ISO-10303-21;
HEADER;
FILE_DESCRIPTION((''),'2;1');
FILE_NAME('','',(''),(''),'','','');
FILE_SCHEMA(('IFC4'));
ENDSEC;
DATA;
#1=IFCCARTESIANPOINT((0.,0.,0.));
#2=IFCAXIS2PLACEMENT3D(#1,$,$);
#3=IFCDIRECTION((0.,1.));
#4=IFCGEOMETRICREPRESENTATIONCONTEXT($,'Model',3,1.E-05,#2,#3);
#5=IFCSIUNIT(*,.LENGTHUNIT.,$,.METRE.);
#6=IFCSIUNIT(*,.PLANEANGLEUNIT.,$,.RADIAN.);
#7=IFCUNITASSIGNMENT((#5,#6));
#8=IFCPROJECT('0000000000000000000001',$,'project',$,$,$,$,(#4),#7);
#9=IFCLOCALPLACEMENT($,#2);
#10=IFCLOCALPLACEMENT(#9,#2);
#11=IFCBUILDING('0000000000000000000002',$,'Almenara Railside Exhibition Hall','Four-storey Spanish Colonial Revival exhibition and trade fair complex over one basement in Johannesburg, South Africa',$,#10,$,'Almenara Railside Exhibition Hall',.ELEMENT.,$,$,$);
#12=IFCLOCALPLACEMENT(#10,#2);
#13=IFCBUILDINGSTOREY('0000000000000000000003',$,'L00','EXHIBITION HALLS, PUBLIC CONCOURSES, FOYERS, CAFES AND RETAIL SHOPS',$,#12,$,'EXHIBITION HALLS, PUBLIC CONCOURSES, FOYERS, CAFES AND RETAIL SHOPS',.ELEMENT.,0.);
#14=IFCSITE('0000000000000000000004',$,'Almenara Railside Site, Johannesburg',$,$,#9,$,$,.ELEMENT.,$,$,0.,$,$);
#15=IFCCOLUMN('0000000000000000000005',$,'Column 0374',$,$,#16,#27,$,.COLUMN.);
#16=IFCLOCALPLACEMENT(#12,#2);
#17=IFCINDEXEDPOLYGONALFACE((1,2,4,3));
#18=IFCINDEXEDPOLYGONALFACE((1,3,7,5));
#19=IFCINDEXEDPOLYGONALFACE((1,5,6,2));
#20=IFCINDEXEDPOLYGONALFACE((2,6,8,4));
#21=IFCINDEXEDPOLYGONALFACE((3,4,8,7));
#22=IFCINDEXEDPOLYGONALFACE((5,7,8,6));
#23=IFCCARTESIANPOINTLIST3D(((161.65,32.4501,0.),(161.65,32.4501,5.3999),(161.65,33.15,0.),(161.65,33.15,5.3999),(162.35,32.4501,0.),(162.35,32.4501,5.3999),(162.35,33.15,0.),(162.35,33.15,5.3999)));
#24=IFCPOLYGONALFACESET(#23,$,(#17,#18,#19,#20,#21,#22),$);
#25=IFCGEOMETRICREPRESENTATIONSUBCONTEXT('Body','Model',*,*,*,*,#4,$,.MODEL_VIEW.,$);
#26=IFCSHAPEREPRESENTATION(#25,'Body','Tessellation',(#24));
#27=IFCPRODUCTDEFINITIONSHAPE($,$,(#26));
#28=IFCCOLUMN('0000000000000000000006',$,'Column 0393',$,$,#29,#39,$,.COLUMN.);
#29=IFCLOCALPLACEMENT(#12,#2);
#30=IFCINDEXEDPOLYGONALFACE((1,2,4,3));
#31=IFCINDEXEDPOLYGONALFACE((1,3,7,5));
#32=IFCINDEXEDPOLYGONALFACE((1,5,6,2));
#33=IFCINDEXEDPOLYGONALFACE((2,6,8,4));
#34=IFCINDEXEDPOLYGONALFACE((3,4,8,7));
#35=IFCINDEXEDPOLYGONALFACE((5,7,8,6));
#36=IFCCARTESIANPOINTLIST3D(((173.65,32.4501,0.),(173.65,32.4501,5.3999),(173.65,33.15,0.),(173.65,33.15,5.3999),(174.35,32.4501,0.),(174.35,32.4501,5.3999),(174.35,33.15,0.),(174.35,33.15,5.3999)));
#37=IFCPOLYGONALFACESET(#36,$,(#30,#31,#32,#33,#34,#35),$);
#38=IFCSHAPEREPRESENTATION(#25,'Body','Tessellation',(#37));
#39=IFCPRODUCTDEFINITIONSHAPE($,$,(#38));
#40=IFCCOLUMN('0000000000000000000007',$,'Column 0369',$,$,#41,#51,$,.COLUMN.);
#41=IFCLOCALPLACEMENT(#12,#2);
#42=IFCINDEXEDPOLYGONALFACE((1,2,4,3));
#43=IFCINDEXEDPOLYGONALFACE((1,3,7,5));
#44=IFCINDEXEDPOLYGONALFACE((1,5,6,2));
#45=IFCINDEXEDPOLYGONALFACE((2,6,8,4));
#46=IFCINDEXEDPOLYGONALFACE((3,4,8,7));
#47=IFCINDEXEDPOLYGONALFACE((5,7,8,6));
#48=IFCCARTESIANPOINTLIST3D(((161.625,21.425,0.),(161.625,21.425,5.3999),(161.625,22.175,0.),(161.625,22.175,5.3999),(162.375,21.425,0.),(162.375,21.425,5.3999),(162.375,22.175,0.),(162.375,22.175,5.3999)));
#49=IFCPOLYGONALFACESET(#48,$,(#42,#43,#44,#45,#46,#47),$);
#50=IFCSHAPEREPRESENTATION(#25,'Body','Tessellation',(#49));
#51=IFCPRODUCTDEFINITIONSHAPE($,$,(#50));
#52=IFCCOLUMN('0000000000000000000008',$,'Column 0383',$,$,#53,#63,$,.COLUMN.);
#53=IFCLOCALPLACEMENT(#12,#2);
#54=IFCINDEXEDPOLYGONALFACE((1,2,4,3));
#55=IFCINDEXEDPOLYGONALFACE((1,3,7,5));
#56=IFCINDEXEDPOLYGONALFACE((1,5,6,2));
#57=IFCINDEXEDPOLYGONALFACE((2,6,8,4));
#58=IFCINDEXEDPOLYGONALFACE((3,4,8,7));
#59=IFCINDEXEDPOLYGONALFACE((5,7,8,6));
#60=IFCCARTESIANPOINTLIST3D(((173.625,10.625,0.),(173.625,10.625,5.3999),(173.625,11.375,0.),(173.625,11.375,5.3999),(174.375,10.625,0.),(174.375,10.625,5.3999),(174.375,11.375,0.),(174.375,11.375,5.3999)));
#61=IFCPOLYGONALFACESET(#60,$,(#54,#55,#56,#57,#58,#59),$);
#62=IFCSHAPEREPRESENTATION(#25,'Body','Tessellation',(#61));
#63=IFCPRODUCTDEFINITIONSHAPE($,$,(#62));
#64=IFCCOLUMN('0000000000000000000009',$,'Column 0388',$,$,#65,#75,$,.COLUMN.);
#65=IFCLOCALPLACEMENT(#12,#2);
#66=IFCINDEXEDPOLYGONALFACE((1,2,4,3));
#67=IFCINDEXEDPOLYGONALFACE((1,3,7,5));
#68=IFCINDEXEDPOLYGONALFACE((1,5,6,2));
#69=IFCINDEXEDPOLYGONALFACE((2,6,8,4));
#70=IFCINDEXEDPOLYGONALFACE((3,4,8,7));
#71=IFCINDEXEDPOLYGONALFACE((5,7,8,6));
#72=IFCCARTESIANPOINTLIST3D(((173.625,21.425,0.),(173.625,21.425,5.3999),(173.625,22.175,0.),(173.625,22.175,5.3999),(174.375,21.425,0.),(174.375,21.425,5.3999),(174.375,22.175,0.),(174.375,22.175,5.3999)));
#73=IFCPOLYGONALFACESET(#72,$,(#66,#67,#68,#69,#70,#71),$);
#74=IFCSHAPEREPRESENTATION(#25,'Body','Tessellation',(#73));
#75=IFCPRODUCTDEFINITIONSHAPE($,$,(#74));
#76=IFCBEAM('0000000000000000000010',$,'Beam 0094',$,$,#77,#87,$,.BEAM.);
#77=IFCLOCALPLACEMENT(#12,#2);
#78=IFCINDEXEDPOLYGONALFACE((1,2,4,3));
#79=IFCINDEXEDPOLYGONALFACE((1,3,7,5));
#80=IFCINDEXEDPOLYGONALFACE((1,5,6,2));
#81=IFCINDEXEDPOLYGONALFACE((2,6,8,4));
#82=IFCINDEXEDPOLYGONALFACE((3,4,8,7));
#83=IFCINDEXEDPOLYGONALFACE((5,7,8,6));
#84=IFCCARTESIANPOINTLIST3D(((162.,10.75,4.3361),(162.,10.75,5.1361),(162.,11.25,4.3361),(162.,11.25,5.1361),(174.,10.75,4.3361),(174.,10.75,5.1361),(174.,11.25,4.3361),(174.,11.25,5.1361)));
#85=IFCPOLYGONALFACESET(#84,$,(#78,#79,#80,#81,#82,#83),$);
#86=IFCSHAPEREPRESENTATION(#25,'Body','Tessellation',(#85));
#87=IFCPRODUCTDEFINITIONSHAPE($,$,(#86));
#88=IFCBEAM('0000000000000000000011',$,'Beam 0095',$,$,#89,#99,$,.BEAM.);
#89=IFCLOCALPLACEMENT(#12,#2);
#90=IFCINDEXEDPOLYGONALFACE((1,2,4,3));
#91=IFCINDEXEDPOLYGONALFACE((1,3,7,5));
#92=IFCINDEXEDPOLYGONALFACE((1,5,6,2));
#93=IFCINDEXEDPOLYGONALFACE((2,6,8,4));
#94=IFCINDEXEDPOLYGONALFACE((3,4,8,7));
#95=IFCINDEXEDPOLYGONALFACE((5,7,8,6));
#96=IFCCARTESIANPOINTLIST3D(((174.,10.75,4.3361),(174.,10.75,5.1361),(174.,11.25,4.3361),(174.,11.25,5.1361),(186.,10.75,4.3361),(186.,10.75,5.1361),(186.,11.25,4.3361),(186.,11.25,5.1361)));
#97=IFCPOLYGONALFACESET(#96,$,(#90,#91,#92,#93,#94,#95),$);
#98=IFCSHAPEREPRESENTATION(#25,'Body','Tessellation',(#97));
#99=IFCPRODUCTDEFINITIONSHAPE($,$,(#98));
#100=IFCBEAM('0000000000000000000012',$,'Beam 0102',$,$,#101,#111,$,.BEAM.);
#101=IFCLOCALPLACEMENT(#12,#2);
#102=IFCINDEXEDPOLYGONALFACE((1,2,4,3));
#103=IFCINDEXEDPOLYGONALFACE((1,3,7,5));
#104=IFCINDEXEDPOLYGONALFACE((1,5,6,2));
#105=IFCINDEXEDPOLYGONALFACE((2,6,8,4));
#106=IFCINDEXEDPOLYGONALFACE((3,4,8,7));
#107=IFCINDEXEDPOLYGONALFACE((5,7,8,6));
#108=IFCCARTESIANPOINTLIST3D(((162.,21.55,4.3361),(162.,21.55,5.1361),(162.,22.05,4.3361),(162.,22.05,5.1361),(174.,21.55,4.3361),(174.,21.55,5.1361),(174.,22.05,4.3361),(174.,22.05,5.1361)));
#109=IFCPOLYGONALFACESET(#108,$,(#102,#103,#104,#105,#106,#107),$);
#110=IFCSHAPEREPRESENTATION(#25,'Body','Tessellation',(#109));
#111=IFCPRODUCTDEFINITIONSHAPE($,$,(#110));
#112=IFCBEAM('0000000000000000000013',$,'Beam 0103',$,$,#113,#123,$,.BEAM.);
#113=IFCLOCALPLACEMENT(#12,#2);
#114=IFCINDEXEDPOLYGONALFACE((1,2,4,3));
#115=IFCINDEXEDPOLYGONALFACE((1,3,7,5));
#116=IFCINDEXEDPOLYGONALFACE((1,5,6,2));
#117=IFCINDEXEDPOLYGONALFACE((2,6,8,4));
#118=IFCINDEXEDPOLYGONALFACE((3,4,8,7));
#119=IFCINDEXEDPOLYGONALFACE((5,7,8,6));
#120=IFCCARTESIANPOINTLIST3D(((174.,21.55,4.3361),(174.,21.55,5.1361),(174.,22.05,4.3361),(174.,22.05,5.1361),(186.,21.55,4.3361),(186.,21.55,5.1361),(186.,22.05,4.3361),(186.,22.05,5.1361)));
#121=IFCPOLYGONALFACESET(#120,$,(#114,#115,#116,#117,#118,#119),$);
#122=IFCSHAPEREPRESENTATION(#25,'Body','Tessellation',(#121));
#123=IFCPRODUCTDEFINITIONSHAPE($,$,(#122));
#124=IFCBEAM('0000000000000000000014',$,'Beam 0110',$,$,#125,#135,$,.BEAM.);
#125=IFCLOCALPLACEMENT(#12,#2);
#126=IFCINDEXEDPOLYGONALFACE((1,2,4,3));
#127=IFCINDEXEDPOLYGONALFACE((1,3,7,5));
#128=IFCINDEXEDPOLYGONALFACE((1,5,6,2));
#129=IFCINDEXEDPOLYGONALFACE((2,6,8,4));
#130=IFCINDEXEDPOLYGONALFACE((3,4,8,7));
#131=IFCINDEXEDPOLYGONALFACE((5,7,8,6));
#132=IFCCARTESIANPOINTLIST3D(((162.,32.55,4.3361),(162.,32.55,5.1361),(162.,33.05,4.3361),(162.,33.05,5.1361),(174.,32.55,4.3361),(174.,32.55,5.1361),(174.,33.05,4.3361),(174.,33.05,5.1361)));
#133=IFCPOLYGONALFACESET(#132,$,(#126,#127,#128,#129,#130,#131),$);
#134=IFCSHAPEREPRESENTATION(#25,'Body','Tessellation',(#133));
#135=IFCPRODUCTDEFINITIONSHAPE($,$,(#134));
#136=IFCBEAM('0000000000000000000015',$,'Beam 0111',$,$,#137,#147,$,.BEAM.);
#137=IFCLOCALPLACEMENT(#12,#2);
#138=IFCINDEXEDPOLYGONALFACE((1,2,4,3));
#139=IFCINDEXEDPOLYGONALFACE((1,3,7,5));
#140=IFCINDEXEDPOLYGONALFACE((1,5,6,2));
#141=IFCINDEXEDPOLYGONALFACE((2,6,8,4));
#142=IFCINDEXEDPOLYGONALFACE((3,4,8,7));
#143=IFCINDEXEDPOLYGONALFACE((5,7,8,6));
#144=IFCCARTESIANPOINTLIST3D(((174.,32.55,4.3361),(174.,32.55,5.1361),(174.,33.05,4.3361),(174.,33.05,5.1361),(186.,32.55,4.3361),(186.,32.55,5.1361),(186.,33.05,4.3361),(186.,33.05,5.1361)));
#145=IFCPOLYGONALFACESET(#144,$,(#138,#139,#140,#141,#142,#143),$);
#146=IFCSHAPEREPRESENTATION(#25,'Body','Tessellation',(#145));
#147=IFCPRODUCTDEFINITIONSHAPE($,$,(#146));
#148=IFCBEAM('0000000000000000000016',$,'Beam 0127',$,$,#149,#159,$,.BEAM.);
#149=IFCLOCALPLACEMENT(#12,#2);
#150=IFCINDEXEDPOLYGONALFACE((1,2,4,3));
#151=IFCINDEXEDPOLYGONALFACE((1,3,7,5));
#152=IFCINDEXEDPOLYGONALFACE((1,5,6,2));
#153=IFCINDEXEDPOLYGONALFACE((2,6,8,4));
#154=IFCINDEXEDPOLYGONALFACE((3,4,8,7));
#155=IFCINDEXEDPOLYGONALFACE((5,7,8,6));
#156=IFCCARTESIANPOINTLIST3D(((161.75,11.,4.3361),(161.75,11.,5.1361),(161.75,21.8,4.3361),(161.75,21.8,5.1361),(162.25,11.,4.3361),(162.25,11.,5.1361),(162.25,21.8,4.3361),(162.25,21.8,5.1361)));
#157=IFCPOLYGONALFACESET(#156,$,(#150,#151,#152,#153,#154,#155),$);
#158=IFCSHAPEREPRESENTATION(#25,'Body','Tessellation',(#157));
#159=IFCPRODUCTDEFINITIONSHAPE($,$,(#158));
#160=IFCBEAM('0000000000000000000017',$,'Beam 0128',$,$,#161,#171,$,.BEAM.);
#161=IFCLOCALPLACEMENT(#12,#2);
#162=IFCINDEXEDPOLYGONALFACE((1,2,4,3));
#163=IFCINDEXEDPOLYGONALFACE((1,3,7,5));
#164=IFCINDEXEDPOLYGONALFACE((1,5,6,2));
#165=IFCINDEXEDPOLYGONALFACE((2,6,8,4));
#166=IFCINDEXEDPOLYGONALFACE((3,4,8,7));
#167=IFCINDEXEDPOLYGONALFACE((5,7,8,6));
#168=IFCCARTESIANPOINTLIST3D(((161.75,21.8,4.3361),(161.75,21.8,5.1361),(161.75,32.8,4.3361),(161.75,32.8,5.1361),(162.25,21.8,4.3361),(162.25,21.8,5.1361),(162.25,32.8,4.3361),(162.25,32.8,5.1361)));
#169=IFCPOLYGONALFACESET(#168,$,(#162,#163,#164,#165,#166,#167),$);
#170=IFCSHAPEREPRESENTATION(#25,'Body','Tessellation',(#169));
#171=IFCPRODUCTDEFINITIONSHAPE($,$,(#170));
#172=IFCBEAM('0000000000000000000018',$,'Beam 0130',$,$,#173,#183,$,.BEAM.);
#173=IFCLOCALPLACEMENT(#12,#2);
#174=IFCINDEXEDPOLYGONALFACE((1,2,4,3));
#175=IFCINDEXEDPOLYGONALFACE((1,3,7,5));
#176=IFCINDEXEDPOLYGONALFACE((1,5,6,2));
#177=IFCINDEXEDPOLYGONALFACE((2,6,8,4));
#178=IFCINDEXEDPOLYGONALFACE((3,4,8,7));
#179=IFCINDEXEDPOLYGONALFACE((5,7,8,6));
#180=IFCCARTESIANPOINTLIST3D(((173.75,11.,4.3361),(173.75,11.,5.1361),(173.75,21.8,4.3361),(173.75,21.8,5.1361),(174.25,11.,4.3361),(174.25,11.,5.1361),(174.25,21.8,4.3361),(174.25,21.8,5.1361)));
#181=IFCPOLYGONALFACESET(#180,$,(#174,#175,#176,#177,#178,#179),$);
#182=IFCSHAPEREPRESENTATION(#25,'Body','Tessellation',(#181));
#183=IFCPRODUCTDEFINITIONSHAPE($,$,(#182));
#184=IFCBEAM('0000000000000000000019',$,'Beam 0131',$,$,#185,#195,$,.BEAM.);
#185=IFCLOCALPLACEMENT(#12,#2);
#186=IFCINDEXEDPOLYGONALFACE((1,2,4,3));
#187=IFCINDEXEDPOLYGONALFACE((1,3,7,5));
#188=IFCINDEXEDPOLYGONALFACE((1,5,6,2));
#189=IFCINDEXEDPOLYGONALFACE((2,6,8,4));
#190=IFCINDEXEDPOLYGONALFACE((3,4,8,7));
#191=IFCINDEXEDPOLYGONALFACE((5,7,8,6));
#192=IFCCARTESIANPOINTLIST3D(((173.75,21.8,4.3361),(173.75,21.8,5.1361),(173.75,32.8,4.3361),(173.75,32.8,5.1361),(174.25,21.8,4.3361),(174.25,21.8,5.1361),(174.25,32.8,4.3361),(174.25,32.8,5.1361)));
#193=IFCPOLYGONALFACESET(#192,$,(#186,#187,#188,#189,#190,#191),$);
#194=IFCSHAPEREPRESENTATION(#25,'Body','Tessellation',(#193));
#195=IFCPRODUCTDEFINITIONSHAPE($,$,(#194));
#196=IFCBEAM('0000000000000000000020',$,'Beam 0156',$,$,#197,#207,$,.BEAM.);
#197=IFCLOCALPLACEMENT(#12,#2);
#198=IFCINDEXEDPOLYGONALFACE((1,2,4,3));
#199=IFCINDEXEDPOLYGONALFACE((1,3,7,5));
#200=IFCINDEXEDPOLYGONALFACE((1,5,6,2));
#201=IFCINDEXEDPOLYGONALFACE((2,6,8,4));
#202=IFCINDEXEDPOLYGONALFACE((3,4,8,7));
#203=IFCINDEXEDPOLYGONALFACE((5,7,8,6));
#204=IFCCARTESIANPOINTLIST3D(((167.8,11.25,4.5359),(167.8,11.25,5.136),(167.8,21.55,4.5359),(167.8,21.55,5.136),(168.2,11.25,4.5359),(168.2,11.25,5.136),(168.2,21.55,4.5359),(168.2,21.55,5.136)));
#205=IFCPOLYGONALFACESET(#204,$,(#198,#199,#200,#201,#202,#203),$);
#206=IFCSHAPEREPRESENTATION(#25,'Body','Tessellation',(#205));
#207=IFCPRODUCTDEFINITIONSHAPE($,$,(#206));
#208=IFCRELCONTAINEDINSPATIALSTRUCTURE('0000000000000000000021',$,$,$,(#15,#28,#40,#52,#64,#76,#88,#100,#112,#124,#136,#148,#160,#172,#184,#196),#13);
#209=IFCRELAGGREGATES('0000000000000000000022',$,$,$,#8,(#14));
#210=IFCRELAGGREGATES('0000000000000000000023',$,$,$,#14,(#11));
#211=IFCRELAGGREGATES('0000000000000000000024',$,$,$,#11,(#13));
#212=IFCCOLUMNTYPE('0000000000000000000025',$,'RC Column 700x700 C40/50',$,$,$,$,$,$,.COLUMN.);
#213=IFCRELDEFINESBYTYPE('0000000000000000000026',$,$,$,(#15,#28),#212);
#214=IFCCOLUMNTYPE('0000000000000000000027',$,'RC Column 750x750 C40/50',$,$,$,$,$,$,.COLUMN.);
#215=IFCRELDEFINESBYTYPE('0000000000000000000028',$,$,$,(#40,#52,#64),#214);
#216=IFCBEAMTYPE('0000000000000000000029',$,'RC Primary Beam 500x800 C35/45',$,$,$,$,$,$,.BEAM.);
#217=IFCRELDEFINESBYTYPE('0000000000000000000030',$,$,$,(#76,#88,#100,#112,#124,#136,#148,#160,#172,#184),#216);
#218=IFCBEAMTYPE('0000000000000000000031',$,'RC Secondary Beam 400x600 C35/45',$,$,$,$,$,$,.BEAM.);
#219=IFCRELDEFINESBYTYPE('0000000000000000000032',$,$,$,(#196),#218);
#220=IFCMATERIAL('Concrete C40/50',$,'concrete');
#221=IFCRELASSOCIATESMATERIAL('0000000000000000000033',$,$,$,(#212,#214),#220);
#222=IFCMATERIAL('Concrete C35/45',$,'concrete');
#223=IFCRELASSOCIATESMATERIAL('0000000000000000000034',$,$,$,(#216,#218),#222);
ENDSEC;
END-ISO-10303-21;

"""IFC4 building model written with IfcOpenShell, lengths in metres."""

from ifc_helpers import new_model, si_unit, direction, frame, origin, origin_2d, place, context, subcontext, project, spatial, rectangle, extrude, material, material_profile, profile_set, type_object, element, save


model = new_model("IFC4")

# Units and contexts
model_context = context("Model", 3, precision=1e-05, world=origin(), true_north=direction((0.0, 1.0)))
body_context = subcontext(model_context, "Body", "Model", "MODEL_VIEW")
ifc_project = project(units=[si_unit("LENGTHUNIT", "METRE"), si_unit("PLANEANGLEUNIT", "RADIAN")], contexts=[model_context])

# Site, building, storey
site_placement = place(None, origin())
site = spatial("IfcSite", under=ifc_project, at=site_placement, Name="Almenara Railside Site, Johannesburg", CompositionType="ELEMENT", RefElevation=0.0)
building_placement = place(site_placement, origin())
building = spatial("IfcBuilding", under=site, at=building_placement, Name="Almenara Railside Exhibition Hall", Description="Four-storey Spanish Colonial Revival exhibition and trade fair complex over one basement in Johannesburg, South Africa", LongName="Almenara Railside Exhibition Hall", CompositionType="ELEMENT")
storey_placement = place(building_placement, origin())
storey = spatial("IfcBuildingStorey", under=building, at=storey_placement, Name="L00", Description="EXHIBITION HALLS, PUBLIC CONCOURSES, FOYERS, CAFES AND RETAIL SHOPS", LongName="EXHIBITION HALLS, PUBLIC CONCOURSES, FOYERS, CAFES AND RETAIL SHOPS", CompositionType="ELEMENT", Elevation=0.0)

# Columns
ifc_material_1 = material(Name="Concrete C40/50", Category="concrete")
ifc_material_profile_1 = material_profile(ifc_material_1, rectangle(XDim=0.7, YDim=0.7, at=origin_2d()), Name="RC 700x700")
ifc_profile_set_1 = profile_set([ifc_material_profile_1], Name="Concrete C40/50")
column_type_1 = type_object("IfcColumnType", Name="RC Column 700x700 C40/50", PredefinedType="COLUMN", material=ifc_profile_set_1)
for number, where, z_axis, x_axis, name in (
    (1, (162.0, 32.8, 0.0), (0.0, 0.0, 1.0), (1.0, 0.0, 0.0), "Column 0374"),
    (2, (174.0, 32.8, 0.0), (0.0, 0.0, 1.0), (1.0, 0.0, 0.0), "Column 0393"),
):
    element("IfcColumn", number, at=place(storey_placement, frame(where, z_axis=z_axis, x_axis=x_axis)), inside=storey, type_object=column_type_1, Name=name, PredefinedType="COLUMN", context=body_context, shape_type="SweptSolid", body=[
        extrude(rectangle(XDim=0.7, YDim=0.7, at=origin_2d()), origin(), (0.0, 0.0, 1.0), 5.3999),
    ])
ifc_material_profile_2 = material_profile(ifc_material_1, rectangle(XDim=0.75, YDim=0.75, at=origin_2d()), Name="RC 750x750")
ifc_profile_set_2 = profile_set([ifc_material_profile_2], Name="Concrete C40/50")
column_type_2 = type_object("IfcColumnType", Name="RC Column 750x750 C40/50", PredefinedType="COLUMN", material=ifc_profile_set_2)
for number, where, z_axis, x_axis, name in (
    (3, (162.0, 21.8, 0.0), (0.0, 0.0, 1.0), (1.0, 0.0, 0.0), "Column 0369"),
    (4, (174.0, 11.0, 0.0), (0.0, 0.0, 1.0), (1.0, 0.0, 0.0), "Column 0383"),
    (5, (174.0, 21.8, 0.0), (0.0, 0.0, 1.0), (1.0, 0.0, 0.0), "Column 0388"),
):
    element("IfcColumn", number, at=place(storey_placement, frame(where, z_axis=z_axis, x_axis=x_axis)), inside=storey, type_object=column_type_2, Name=name, PredefinedType="COLUMN", context=body_context, shape_type="SweptSolid", body=[
        extrude(rectangle(XDim=0.75, YDim=0.75, at=origin_2d()), origin(), (0.0, 0.0, 1.0), 5.3999),
    ])

# Beams
ifc_material_2 = material(Name="Concrete C35/45", Category="concrete")
ifc_material_profile_3 = material_profile(ifc_material_2, rectangle(XDim=0.5, YDim=0.8, at=origin_2d()), Name="RC 500x800")
ifc_profile_set_3 = profile_set([ifc_material_profile_3], Name="Concrete C35/45")
beam_type_1 = type_object("IfcBeamType", Name="RC Primary Beam 500x800 C35/45", PredefinedType="BEAM", material=ifc_profile_set_3)
for number, where, z_axis, x_axis, name in (
    (6, (162.0, 11.0, 4.7361), (1.0, 0.0, 0.0), (0.0, 1.0, 0.0), "Beam 0094"),
    (7, (174.0, 11.0, 4.7361), (1.0, 0.0, 0.0), (0.0, 1.0, 0.0), "Beam 0095"),
    (8, (162.0, 21.8, 4.7361), (1.0, 0.0, 0.0), (0.0, 1.0, 0.0), "Beam 0102"),
    (9, (174.0, 21.8, 4.7361), (1.0, 0.0, 0.0), (0.0, 1.0, 0.0), "Beam 0103"),
    (10, (162.0, 32.8, 4.7361), (1.0, 0.0, 0.0), (0.0, 1.0, 0.0), "Beam 0110"),
    (11, (174.0, 32.8, 4.7361), (1.0, 0.0, 0.0), (0.0, 1.0, 0.0), "Beam 0111"),
):
    element("IfcBeam", number, at=place(storey_placement, frame(where, z_axis=z_axis, x_axis=x_axis)), inside=storey, type_object=beam_type_1, Name=name, PredefinedType="BEAM", context=body_context, shape_type="SweptSolid", body=[
        extrude(rectangle(XDim=0.5, YDim=0.8, at=origin_2d()), origin(), (0.0, 0.0, 1.0), 12.0),
    ])
beam_1_placement = place(storey_placement, frame((162.0, 11.0, 4.7361), z_axis=(0.0, 1.0, 0.0), x_axis=(-1.0, 0.0, 0.0)))
element("IfcBeam", 12, at=beam_1_placement, inside=storey, type_object=beam_type_1, Name="Beam 0127", PredefinedType="BEAM", context=body_context, shape_type="SweptSolid", body=[
    extrude(rectangle(XDim=0.5, YDim=0.8, at=origin_2d()), origin(), (0.0, 0.0, 1.0), 10.8),
])
beam_2_placement = place(storey_placement, frame((162.0, 21.8, 4.7361), z_axis=(0.0, 1.0, 0.0), x_axis=(-1.0, 0.0, 0.0)))
element("IfcBeam", 13, at=beam_2_placement, inside=storey, type_object=beam_type_1, Name="Beam 0128", PredefinedType="BEAM", context=body_context, shape_type="SweptSolid", body=[
    extrude(rectangle(XDim=0.5, YDim=0.8, at=origin_2d()), origin(), (0.0, 0.0, 1.0), 11.0),
])
beam_3_placement = place(storey_placement, frame((174.0, 11.0, 4.7361), z_axis=(0.0, 1.0, 0.0), x_axis=(-1.0, 0.0, 0.0)))
element("IfcBeam", 14, at=beam_3_placement, inside=storey, type_object=beam_type_1, Name="Beam 0130", PredefinedType="BEAM", context=body_context, shape_type="SweptSolid", body=[
    extrude(rectangle(XDim=0.5, YDim=0.8, at=origin_2d()), origin(), (0.0, 0.0, 1.0), 10.8),
])
beam_4_placement = place(storey_placement, frame((174.0, 21.8, 4.7361), z_axis=(0.0, 1.0, 0.0), x_axis=(-1.0, 0.0, 0.0)))
element("IfcBeam", 15, at=beam_4_placement, inside=storey, type_object=beam_type_1, Name="Beam 0131", PredefinedType="BEAM", context=body_context, shape_type="SweptSolid", body=[
    extrude(rectangle(XDim=0.5, YDim=0.8, at=origin_2d()), origin(), (0.0, 0.0, 1.0), 11.0),
])
ifc_material_profile_4 = material_profile(ifc_material_2, rectangle(XDim=0.3999, YDim=0.6001, at=origin_2d()), Name="RC 400x600")
ifc_profile_set_4 = profile_set([ifc_material_profile_4], Name="Concrete C35/45")
beam_type_2 = type_object("IfcBeamType", Name="RC Secondary Beam 400x600 C35/45", PredefinedType="BEAM", material=ifc_profile_set_4)
beam_5_placement = place(storey_placement, frame((168.0, 11.25, 4.8359), z_axis=(0.0, 1.0, 0.0), x_axis=(-1.0, 0.0, 0.0)))
element("IfcBeam", 16, at=beam_5_placement, inside=storey, type_object=beam_type_2, Name="Beam 0156", PredefinedType="BEAM", context=body_context, shape_type="SweptSolid", body=[
    extrude(rectangle(XDim=0.3999, YDim=0.6001, at=origin_2d()), origin(), (0.0, 0.0, 1.0), 10.3),
])

save(model, "model.ifc")
